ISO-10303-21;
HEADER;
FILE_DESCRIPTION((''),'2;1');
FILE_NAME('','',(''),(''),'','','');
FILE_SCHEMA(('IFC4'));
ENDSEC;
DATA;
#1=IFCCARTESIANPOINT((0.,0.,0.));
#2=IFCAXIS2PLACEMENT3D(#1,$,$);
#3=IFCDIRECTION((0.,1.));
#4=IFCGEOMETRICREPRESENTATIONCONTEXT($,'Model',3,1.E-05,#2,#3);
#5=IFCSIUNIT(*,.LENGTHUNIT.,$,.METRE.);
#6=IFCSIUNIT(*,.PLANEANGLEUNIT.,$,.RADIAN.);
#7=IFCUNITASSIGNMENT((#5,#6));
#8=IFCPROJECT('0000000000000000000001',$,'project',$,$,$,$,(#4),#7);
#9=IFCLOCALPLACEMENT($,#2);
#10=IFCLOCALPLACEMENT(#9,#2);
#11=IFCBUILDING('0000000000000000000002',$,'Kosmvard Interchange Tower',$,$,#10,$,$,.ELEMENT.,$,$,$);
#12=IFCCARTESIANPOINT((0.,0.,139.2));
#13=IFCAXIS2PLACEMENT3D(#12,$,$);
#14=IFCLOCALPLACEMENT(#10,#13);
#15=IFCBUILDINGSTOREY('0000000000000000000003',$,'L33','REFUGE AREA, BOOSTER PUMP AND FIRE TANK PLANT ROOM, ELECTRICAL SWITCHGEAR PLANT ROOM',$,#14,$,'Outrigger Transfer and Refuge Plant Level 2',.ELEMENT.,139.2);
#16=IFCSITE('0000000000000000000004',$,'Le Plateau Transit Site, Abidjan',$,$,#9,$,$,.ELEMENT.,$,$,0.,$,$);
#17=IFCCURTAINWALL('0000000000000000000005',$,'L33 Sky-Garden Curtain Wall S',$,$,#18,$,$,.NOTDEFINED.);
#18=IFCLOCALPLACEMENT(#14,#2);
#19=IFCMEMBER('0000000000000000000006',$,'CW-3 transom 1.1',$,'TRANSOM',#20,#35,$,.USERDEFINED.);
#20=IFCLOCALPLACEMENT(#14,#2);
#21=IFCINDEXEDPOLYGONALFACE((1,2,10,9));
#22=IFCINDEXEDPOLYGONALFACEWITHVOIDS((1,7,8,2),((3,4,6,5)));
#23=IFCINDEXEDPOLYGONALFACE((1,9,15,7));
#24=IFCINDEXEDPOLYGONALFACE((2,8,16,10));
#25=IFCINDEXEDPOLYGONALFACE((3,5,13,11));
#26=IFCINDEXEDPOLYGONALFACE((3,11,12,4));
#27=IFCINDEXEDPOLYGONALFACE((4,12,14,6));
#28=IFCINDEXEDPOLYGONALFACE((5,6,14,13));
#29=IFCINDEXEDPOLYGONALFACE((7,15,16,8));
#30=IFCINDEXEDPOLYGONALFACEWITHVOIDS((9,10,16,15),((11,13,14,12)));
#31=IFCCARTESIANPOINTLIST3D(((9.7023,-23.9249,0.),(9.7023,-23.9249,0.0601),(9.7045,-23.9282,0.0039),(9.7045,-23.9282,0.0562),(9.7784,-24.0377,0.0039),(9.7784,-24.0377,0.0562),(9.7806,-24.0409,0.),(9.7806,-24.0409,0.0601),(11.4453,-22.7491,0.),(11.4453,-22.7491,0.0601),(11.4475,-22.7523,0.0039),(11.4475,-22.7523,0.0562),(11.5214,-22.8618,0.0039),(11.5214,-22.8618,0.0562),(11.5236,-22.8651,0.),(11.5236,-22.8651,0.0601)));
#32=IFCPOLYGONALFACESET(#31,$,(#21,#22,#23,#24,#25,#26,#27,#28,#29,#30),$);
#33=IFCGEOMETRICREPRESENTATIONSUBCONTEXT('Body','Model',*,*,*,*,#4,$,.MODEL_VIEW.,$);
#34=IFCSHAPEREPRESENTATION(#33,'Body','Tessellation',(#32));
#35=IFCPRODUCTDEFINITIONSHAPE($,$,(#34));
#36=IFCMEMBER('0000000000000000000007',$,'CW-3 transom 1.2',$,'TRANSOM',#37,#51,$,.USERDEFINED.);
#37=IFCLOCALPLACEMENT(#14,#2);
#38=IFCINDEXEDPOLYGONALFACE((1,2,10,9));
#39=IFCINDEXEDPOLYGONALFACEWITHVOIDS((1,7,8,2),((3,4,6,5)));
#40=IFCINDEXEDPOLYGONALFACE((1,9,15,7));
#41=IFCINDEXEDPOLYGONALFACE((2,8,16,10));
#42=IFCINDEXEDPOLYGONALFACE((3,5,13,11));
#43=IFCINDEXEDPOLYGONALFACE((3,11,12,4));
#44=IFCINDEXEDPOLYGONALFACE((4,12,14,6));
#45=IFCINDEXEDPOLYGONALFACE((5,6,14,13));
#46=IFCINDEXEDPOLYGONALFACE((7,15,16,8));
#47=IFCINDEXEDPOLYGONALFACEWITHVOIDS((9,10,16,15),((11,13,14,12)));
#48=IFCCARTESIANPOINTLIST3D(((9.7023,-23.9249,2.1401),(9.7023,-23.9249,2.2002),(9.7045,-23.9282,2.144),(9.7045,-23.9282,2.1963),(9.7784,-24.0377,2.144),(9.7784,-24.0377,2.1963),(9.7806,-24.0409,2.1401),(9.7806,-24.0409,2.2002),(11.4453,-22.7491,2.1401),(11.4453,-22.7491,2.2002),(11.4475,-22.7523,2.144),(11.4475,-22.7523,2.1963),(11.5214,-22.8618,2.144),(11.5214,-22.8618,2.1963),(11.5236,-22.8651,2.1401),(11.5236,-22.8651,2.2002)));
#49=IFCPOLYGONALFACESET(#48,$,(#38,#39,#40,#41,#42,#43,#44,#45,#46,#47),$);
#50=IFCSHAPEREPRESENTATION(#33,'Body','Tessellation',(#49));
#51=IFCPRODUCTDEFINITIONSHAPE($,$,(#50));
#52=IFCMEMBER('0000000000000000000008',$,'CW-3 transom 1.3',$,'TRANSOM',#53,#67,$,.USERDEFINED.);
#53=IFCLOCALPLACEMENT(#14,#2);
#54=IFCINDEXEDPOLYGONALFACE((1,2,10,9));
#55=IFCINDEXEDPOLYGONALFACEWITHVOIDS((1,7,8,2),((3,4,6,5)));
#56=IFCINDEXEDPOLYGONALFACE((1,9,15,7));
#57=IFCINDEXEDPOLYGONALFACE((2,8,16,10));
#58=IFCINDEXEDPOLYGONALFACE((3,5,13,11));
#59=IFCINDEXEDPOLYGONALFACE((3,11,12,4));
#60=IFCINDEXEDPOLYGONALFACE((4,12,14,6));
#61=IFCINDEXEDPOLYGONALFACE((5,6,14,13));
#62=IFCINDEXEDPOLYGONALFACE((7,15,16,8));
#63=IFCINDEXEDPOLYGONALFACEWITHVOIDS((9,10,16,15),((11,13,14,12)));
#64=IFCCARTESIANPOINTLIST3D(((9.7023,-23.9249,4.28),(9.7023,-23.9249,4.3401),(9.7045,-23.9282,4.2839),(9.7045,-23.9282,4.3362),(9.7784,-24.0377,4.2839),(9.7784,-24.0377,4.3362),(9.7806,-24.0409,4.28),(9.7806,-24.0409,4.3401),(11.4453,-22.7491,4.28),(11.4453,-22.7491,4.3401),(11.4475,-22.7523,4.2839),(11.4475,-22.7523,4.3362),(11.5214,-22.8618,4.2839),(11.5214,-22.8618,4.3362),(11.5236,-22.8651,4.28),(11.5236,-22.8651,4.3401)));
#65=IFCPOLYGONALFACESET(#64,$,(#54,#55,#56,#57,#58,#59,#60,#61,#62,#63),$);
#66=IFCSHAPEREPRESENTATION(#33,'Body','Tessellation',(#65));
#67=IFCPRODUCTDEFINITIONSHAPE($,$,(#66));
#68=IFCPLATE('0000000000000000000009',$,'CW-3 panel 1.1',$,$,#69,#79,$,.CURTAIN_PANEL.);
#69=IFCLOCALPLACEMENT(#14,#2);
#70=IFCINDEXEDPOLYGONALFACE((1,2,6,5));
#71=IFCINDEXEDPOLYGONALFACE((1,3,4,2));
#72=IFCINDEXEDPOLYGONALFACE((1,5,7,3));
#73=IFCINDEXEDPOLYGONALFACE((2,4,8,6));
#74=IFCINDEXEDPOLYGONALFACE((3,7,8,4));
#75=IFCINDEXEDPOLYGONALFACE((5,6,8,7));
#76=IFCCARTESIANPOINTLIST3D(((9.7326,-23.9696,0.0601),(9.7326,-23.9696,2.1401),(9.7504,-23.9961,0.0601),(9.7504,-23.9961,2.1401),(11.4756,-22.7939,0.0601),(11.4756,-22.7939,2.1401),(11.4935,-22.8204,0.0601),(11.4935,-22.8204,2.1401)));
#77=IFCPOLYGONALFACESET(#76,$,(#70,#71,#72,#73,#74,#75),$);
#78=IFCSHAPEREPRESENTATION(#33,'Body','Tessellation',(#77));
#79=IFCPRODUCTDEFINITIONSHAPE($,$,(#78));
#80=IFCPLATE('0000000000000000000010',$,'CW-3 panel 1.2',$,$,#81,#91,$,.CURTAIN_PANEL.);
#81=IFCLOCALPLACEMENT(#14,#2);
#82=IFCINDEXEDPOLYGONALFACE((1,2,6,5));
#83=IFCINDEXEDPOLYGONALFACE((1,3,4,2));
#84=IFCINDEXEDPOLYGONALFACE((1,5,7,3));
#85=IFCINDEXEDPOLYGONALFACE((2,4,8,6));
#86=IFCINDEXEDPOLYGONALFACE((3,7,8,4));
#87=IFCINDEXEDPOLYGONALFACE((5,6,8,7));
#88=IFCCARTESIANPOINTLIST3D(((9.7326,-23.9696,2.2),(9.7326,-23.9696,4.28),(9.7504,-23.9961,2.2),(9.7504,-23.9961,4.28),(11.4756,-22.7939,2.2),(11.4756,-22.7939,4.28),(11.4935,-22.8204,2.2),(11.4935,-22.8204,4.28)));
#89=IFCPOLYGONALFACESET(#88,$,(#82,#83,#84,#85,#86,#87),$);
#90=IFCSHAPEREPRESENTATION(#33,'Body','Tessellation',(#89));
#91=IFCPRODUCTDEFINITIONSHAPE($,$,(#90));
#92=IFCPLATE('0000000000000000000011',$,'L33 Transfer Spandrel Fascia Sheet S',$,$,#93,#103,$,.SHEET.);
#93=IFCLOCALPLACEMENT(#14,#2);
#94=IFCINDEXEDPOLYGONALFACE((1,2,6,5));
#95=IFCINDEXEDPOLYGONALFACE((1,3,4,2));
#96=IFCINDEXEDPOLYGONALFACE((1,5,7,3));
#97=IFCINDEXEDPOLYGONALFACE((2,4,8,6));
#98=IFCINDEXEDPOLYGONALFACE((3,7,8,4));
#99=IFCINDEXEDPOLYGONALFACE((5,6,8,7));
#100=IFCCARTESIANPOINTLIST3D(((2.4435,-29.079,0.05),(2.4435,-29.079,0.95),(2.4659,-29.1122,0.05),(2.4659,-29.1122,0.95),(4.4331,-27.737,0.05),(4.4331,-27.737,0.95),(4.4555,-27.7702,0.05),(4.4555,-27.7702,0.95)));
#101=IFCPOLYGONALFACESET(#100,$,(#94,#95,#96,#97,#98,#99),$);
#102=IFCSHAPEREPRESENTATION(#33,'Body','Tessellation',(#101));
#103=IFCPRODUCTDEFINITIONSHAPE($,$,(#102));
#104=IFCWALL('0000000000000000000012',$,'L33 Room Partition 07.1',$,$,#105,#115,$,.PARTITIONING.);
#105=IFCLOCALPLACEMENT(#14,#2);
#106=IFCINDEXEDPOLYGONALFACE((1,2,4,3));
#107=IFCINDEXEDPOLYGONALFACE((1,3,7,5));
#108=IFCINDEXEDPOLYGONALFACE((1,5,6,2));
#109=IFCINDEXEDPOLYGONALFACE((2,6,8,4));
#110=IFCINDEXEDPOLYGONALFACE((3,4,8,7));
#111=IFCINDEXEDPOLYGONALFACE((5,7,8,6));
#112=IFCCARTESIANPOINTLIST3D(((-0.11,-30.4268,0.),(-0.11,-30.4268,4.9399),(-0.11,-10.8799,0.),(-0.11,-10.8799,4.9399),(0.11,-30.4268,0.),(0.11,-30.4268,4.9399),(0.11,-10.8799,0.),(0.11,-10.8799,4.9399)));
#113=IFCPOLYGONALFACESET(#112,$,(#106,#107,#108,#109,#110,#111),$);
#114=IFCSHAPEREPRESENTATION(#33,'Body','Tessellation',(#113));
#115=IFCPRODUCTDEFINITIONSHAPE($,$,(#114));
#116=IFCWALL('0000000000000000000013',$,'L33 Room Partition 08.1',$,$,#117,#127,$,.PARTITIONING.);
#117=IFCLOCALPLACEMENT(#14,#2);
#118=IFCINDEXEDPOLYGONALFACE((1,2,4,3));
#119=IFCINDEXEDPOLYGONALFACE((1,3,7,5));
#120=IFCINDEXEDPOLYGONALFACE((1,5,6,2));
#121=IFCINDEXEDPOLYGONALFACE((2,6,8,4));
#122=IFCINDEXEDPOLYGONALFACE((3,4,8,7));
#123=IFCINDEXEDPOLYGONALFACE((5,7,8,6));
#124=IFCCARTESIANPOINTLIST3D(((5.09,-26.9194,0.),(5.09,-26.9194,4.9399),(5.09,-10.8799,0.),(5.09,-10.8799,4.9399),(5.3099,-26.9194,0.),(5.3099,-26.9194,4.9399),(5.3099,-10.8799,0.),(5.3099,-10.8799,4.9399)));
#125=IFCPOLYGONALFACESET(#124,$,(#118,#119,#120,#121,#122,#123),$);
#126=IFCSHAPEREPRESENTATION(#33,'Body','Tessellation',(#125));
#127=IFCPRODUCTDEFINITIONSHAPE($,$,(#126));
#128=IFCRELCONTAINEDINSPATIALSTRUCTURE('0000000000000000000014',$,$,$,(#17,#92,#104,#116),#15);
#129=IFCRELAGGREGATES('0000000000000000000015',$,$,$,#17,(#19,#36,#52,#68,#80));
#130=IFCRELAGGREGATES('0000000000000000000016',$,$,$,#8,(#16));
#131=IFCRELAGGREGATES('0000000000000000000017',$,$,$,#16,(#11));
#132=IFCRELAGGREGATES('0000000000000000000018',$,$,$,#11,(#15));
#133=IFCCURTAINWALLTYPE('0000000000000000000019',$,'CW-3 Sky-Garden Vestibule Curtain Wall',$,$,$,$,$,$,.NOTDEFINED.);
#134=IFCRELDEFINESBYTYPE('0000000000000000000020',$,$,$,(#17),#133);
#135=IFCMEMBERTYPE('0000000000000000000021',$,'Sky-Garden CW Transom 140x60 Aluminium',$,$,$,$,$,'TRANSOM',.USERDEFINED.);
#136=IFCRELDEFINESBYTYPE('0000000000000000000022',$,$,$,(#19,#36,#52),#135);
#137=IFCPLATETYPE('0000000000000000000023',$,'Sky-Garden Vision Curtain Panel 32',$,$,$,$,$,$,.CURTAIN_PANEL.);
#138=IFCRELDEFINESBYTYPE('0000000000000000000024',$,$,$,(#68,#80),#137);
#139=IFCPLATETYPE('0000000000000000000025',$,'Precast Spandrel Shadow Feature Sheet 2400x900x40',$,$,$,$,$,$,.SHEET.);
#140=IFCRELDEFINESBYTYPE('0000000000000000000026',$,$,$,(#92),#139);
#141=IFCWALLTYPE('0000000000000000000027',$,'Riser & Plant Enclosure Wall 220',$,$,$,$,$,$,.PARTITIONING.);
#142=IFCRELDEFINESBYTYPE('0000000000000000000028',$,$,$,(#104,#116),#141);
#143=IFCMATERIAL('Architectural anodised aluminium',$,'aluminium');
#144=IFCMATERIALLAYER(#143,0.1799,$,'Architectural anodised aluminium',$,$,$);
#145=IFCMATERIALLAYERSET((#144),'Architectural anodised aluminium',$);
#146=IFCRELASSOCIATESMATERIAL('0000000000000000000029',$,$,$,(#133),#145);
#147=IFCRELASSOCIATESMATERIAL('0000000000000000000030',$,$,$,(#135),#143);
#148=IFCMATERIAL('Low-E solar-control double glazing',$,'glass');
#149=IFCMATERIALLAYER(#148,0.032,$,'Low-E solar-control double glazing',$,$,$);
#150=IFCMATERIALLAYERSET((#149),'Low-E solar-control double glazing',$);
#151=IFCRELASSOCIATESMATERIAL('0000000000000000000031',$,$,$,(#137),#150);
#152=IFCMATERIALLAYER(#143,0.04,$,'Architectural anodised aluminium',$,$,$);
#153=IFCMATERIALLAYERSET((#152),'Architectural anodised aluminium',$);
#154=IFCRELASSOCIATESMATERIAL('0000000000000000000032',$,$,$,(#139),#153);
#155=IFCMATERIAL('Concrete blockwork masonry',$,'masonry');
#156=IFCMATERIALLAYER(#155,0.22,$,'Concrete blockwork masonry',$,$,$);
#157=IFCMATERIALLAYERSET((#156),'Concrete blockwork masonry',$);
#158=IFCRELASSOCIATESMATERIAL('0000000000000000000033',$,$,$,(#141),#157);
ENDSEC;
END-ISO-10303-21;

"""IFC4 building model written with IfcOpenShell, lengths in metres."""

from ifc_helpers import new_model, si_unit, direction, frame, frame_2d, origin, origin_2d, place, context, subcontext, project, spatial, rectangle, hollow_rectangle, extrude, source, transform, mapped, material, layer, layer_set, material_profile, profile_set, type_object, element, aggregate, save


model = new_model("IFC4")

# Units and contexts
model_context = context("Model", 3, precision=1e-05, world=origin(), true_north=direction((0.0, 1.0)))
body_context = subcontext(model_context, "Body", "Model", "MODEL_VIEW")
ifc_project = project(units=[si_unit("LENGTHUNIT", "METRE"), si_unit("PLANEANGLEUNIT", "RADIAN")], contexts=[model_context])

# Site, building, storey
site_placement = place(None, origin())
site = spatial("IfcSite", under=ifc_project, at=site_placement, Name="Le Plateau Transit Site, Abidjan", CompositionType="ELEMENT", RefElevation=0.0)
building_placement = place(site_placement, origin())
building = spatial("IfcBuilding", under=site, at=building_placement, Name="Kosmvard Interchange Tower", CompositionType="ELEMENT")
storey_placement = place(building_placement, frame((0.0, 0.0, 139.2)))
storey = spatial("IfcBuildingStorey", under=building, at=storey_placement, Name="L33", Description="REFUGE AREA, BOOSTER PUMP AND FIRE TANK PLANT ROOM, ELECTRICAL SWITCHGEAR PLANT ROOM", LongName="Outrigger Transfer and Refuge Plant Level 2", CompositionType="ELEMENT", Elevation=139.2)

# Curtain wall, members, plates
ifc_material_1 = material(Name="Architectural anodised aluminium", Category="aluminium")
ifc_layer_1 = layer(ifc_material_1, 0.1799, Name="Architectural anodised aluminium")
ifc_layer_set_1 = layer_set([ifc_layer_1], Name="Architectural anodised aluminium")
curtain_wall_type = type_object("IfcCurtainWallType", Name="CW-3 Sky-Garden Vestibule Curtain Wall", PredefinedType="NOTDEFINED", material=ifc_layer_set_1)
curtain_wall_placement = place(storey_placement, origin())
curtain_wall = element("IfcCurtainWall", 1, at=curtain_wall_placement, inside=storey, type_object=curtain_wall_type, Name="L33 Sky-Garden Curtain Wall S", PredefinedType="NOTDEFINED")
ifc_material_profile_1 = material_profile(ifc_material_1, hollow_rectangle(XDim=0.1399, YDim=0.0601, WallThickness=0.0039, at=origin_2d()), Name="CWT 140x60x4")
ifc_profile_set_1 = profile_set([ifc_material_profile_1], Name="Architectural anodised aluminium")
member_type_1 = type_object("IfcMemberType", Name="Sky-Garden CW Transom 140x60 Aluminium", ElementType="TRANSOM", PredefinedType="USERDEFINED", material=ifc_profile_set_1)
shared_shape_1 = source(origin(), body_context, "Body", "SweptSolid", [
    extrude(hollow_rectangle(XDim=0.1399, YDim=0.0601, WallThickness=0.0039, at=origin_2d()), origin(), (0.0, 0.0, 1.0), 2.1025),
])
member_1_placement = place(storey_placement, frame((9.7415, -23.9829, 0.03), z_axis=(0.829001, 0.559247, 0.0), x_axis=(-0.559247, 0.829001, 0.0)))
member_1 = element("IfcMember", 2, at=member_1_placement, type_object=member_type_1, Name="CW-3 transom 1.1", ObjectType="TRANSOM", PredefinedType="USERDEFINED", context=body_context, shape_type="MappedRepresentation", body=[
    mapped(shared_shape_1, transform((0.0, 0.0, 0.0), scale=1.0)),
])
member_2_placement = place(storey_placement, frame((9.7415, -23.9829, 2.1702), z_axis=(0.829001, 0.559247, 0.0), x_axis=(-0.559247, 0.829001, 0.0)))
member_2 = element("IfcMember", 3, at=member_2_placement, type_object=member_type_1, Name="CW-3 transom 1.2", ObjectType="TRANSOM", PredefinedType="USERDEFINED", context=body_context, shape_type="MappedRepresentation", body=[
    mapped(shared_shape_1, transform((0.0, 0.0, 0.0), scale=1.0)),
])
member_3_placement = place(storey_placement, frame((9.7415, -23.9829, 4.3101), z_axis=(0.829001, 0.559247, 0.0), x_axis=(-0.559247, 0.829001, 0.0)))
member_3 = element("IfcMember", 4, at=member_3_placement, type_object=member_type_1, Name="CW-3 transom 1.3", ObjectType="TRANSOM", PredefinedType="USERDEFINED", context=body_context, shape_type="MappedRepresentation", body=[
    mapped(shared_shape_1, transform((0.0, 0.0, 0.0), scale=1.0)),
])
ifc_material_2 = material(Name="Low-E solar-control double glazing", Category="glass")
ifc_layer_2 = layer(ifc_material_2, 0.032, Name="Low-E solar-control double glazing")
ifc_layer_set_2 = layer_set([ifc_layer_2], Name="Low-E solar-control double glazing")
plate_type_1 = type_object("IfcPlateType", Name="Sky-Garden Vision Curtain Panel 32", PredefinedType="CURTAIN_PANEL", material=ifc_layer_set_2)
shared_shape_2 = source(origin(), body_context, "Body", "SweptSolid", [
    extrude(rectangle(XDim=2.1025, YDim=0.032, at=origin_2d()), origin(), (0.0, 0.0, 1.0), 2.0801),
])
plate_1_placement = place(storey_placement, frame((10.613, -23.395, 0.0601), z_axis=(0.0, 0.0, 1.0), x_axis=(0.829038, 0.559193, 0.0)))
plate_1 = element("IfcPlate", 5, at=plate_1_placement, type_object=plate_type_1, Name="CW-3 panel 1.1", PredefinedType="CURTAIN_PANEL", context=body_context, shape_type="MappedRepresentation", body=[
    mapped(shared_shape_2, transform((0.0, 0.0, 0.0), scale=1.0)),
])
plate_2_placement = place(storey_placement, frame((10.613, -23.395, 2.2), z_axis=(0.0, 0.0, 1.0), x_axis=(0.829038, 0.559193, 0.0)))
plate_2 = element("IfcPlate", 6, at=plate_2_placement, type_object=plate_type_1, Name="CW-3 panel 1.2", PredefinedType="CURTAIN_PANEL", context=body_context, shape_type="MappedRepresentation", body=[
    mapped(shared_shape_2, transform((0.0, 0.0, 0.0), scale=1.0)),
])
aggregate(curtain_wall, [member_1, member_2, member_3, plate_1, plate_2])

# Plate
ifc_layer_3 = layer(ifc_material_1, 0.04, Name="Architectural anodised aluminium")
ifc_layer_set_3 = layer_set([ifc_layer_3], Name="Architectural anodised aluminium")
plate_type_2 = type_object("IfcPlateType", Name="Precast Spandrel Shadow Feature Sheet 2400x900x40", PredefinedType="SHEET", material=ifc_layer_set_3)
shared_shape_3 = source(origin(), body_context, "Body", "SweptSolid", [
    extrude(rectangle(XDim=0.04, YDim=2.3999, at=origin_2d()), origin(), (0.0, 0.0, 1.0), 0.8999),
])
plate_3_placement = place(storey_placement, frame((3.4495, -28.4246, 0.05), z_axis=(0.0, 0.0, 1.0), x_axis=(0.559193, -0.829038, 0.0)))
element("IfcPlate", 7, at=plate_3_placement, inside=storey, type_object=plate_type_2, Name="L33 Transfer Spandrel Fascia Sheet S", PredefinedType="SHEET", context=body_context, shape_type="MappedRepresentation", body=[
    mapped(shared_shape_3, transform((0.0, 0.0, 0.0), scale=1.0)),
])

# Walls
ifc_material_3 = material(Name="Concrete blockwork masonry", Category="masonry")
ifc_layer_4 = layer(ifc_material_3, 0.22, Name="Concrete blockwork masonry")
ifc_layer_set_4 = layer_set([ifc_layer_4], Name="Concrete blockwork masonry")
wall_type = type_object("IfcWallType", Name="Riser & Plant Enclosure Wall 220", PredefinedType="PARTITIONING", material=ifc_layer_set_4)
wall_1_placement = place(storey_placement, frame((0.0, -10.8799, 0.0), z_axis=(0.0, 0.0, 1.0), x_axis=(0.0, -1.0, 0.0)))
element("IfcWall", 8, at=wall_1_placement, inside=storey, type_object=wall_type, Name="L33 Room Partition 07.1", PredefinedType="PARTITIONING", context=body_context, shape_type="SweptSolid", body=[
    extrude(rectangle(XDim=19.5469, YDim=0.22, at=frame_2d((9.7734, 0.0))), origin(), (0.0, 0.0, 1.0), 4.9399),
])
wall_2_placement = place(storey_placement, frame((5.2, -10.8799, 0.0), z_axis=(0.0, 0.0, 1.0), x_axis=(0.0, -1.0, 0.0)))
element("IfcWall", 9, at=wall_2_placement, inside=storey, type_object=wall_type, Name="L33 Room Partition 08.1", PredefinedType="PARTITIONING", context=body_context, shape_type="SweptSolid", body=[
    extrude(rectangle(XDim=16.0396, YDim=0.22, at=frame_2d((8.0198, 0.0))), origin(), (0.0, 0.0, 1.0), 4.9399),
])

save(model, "model.ifc")
